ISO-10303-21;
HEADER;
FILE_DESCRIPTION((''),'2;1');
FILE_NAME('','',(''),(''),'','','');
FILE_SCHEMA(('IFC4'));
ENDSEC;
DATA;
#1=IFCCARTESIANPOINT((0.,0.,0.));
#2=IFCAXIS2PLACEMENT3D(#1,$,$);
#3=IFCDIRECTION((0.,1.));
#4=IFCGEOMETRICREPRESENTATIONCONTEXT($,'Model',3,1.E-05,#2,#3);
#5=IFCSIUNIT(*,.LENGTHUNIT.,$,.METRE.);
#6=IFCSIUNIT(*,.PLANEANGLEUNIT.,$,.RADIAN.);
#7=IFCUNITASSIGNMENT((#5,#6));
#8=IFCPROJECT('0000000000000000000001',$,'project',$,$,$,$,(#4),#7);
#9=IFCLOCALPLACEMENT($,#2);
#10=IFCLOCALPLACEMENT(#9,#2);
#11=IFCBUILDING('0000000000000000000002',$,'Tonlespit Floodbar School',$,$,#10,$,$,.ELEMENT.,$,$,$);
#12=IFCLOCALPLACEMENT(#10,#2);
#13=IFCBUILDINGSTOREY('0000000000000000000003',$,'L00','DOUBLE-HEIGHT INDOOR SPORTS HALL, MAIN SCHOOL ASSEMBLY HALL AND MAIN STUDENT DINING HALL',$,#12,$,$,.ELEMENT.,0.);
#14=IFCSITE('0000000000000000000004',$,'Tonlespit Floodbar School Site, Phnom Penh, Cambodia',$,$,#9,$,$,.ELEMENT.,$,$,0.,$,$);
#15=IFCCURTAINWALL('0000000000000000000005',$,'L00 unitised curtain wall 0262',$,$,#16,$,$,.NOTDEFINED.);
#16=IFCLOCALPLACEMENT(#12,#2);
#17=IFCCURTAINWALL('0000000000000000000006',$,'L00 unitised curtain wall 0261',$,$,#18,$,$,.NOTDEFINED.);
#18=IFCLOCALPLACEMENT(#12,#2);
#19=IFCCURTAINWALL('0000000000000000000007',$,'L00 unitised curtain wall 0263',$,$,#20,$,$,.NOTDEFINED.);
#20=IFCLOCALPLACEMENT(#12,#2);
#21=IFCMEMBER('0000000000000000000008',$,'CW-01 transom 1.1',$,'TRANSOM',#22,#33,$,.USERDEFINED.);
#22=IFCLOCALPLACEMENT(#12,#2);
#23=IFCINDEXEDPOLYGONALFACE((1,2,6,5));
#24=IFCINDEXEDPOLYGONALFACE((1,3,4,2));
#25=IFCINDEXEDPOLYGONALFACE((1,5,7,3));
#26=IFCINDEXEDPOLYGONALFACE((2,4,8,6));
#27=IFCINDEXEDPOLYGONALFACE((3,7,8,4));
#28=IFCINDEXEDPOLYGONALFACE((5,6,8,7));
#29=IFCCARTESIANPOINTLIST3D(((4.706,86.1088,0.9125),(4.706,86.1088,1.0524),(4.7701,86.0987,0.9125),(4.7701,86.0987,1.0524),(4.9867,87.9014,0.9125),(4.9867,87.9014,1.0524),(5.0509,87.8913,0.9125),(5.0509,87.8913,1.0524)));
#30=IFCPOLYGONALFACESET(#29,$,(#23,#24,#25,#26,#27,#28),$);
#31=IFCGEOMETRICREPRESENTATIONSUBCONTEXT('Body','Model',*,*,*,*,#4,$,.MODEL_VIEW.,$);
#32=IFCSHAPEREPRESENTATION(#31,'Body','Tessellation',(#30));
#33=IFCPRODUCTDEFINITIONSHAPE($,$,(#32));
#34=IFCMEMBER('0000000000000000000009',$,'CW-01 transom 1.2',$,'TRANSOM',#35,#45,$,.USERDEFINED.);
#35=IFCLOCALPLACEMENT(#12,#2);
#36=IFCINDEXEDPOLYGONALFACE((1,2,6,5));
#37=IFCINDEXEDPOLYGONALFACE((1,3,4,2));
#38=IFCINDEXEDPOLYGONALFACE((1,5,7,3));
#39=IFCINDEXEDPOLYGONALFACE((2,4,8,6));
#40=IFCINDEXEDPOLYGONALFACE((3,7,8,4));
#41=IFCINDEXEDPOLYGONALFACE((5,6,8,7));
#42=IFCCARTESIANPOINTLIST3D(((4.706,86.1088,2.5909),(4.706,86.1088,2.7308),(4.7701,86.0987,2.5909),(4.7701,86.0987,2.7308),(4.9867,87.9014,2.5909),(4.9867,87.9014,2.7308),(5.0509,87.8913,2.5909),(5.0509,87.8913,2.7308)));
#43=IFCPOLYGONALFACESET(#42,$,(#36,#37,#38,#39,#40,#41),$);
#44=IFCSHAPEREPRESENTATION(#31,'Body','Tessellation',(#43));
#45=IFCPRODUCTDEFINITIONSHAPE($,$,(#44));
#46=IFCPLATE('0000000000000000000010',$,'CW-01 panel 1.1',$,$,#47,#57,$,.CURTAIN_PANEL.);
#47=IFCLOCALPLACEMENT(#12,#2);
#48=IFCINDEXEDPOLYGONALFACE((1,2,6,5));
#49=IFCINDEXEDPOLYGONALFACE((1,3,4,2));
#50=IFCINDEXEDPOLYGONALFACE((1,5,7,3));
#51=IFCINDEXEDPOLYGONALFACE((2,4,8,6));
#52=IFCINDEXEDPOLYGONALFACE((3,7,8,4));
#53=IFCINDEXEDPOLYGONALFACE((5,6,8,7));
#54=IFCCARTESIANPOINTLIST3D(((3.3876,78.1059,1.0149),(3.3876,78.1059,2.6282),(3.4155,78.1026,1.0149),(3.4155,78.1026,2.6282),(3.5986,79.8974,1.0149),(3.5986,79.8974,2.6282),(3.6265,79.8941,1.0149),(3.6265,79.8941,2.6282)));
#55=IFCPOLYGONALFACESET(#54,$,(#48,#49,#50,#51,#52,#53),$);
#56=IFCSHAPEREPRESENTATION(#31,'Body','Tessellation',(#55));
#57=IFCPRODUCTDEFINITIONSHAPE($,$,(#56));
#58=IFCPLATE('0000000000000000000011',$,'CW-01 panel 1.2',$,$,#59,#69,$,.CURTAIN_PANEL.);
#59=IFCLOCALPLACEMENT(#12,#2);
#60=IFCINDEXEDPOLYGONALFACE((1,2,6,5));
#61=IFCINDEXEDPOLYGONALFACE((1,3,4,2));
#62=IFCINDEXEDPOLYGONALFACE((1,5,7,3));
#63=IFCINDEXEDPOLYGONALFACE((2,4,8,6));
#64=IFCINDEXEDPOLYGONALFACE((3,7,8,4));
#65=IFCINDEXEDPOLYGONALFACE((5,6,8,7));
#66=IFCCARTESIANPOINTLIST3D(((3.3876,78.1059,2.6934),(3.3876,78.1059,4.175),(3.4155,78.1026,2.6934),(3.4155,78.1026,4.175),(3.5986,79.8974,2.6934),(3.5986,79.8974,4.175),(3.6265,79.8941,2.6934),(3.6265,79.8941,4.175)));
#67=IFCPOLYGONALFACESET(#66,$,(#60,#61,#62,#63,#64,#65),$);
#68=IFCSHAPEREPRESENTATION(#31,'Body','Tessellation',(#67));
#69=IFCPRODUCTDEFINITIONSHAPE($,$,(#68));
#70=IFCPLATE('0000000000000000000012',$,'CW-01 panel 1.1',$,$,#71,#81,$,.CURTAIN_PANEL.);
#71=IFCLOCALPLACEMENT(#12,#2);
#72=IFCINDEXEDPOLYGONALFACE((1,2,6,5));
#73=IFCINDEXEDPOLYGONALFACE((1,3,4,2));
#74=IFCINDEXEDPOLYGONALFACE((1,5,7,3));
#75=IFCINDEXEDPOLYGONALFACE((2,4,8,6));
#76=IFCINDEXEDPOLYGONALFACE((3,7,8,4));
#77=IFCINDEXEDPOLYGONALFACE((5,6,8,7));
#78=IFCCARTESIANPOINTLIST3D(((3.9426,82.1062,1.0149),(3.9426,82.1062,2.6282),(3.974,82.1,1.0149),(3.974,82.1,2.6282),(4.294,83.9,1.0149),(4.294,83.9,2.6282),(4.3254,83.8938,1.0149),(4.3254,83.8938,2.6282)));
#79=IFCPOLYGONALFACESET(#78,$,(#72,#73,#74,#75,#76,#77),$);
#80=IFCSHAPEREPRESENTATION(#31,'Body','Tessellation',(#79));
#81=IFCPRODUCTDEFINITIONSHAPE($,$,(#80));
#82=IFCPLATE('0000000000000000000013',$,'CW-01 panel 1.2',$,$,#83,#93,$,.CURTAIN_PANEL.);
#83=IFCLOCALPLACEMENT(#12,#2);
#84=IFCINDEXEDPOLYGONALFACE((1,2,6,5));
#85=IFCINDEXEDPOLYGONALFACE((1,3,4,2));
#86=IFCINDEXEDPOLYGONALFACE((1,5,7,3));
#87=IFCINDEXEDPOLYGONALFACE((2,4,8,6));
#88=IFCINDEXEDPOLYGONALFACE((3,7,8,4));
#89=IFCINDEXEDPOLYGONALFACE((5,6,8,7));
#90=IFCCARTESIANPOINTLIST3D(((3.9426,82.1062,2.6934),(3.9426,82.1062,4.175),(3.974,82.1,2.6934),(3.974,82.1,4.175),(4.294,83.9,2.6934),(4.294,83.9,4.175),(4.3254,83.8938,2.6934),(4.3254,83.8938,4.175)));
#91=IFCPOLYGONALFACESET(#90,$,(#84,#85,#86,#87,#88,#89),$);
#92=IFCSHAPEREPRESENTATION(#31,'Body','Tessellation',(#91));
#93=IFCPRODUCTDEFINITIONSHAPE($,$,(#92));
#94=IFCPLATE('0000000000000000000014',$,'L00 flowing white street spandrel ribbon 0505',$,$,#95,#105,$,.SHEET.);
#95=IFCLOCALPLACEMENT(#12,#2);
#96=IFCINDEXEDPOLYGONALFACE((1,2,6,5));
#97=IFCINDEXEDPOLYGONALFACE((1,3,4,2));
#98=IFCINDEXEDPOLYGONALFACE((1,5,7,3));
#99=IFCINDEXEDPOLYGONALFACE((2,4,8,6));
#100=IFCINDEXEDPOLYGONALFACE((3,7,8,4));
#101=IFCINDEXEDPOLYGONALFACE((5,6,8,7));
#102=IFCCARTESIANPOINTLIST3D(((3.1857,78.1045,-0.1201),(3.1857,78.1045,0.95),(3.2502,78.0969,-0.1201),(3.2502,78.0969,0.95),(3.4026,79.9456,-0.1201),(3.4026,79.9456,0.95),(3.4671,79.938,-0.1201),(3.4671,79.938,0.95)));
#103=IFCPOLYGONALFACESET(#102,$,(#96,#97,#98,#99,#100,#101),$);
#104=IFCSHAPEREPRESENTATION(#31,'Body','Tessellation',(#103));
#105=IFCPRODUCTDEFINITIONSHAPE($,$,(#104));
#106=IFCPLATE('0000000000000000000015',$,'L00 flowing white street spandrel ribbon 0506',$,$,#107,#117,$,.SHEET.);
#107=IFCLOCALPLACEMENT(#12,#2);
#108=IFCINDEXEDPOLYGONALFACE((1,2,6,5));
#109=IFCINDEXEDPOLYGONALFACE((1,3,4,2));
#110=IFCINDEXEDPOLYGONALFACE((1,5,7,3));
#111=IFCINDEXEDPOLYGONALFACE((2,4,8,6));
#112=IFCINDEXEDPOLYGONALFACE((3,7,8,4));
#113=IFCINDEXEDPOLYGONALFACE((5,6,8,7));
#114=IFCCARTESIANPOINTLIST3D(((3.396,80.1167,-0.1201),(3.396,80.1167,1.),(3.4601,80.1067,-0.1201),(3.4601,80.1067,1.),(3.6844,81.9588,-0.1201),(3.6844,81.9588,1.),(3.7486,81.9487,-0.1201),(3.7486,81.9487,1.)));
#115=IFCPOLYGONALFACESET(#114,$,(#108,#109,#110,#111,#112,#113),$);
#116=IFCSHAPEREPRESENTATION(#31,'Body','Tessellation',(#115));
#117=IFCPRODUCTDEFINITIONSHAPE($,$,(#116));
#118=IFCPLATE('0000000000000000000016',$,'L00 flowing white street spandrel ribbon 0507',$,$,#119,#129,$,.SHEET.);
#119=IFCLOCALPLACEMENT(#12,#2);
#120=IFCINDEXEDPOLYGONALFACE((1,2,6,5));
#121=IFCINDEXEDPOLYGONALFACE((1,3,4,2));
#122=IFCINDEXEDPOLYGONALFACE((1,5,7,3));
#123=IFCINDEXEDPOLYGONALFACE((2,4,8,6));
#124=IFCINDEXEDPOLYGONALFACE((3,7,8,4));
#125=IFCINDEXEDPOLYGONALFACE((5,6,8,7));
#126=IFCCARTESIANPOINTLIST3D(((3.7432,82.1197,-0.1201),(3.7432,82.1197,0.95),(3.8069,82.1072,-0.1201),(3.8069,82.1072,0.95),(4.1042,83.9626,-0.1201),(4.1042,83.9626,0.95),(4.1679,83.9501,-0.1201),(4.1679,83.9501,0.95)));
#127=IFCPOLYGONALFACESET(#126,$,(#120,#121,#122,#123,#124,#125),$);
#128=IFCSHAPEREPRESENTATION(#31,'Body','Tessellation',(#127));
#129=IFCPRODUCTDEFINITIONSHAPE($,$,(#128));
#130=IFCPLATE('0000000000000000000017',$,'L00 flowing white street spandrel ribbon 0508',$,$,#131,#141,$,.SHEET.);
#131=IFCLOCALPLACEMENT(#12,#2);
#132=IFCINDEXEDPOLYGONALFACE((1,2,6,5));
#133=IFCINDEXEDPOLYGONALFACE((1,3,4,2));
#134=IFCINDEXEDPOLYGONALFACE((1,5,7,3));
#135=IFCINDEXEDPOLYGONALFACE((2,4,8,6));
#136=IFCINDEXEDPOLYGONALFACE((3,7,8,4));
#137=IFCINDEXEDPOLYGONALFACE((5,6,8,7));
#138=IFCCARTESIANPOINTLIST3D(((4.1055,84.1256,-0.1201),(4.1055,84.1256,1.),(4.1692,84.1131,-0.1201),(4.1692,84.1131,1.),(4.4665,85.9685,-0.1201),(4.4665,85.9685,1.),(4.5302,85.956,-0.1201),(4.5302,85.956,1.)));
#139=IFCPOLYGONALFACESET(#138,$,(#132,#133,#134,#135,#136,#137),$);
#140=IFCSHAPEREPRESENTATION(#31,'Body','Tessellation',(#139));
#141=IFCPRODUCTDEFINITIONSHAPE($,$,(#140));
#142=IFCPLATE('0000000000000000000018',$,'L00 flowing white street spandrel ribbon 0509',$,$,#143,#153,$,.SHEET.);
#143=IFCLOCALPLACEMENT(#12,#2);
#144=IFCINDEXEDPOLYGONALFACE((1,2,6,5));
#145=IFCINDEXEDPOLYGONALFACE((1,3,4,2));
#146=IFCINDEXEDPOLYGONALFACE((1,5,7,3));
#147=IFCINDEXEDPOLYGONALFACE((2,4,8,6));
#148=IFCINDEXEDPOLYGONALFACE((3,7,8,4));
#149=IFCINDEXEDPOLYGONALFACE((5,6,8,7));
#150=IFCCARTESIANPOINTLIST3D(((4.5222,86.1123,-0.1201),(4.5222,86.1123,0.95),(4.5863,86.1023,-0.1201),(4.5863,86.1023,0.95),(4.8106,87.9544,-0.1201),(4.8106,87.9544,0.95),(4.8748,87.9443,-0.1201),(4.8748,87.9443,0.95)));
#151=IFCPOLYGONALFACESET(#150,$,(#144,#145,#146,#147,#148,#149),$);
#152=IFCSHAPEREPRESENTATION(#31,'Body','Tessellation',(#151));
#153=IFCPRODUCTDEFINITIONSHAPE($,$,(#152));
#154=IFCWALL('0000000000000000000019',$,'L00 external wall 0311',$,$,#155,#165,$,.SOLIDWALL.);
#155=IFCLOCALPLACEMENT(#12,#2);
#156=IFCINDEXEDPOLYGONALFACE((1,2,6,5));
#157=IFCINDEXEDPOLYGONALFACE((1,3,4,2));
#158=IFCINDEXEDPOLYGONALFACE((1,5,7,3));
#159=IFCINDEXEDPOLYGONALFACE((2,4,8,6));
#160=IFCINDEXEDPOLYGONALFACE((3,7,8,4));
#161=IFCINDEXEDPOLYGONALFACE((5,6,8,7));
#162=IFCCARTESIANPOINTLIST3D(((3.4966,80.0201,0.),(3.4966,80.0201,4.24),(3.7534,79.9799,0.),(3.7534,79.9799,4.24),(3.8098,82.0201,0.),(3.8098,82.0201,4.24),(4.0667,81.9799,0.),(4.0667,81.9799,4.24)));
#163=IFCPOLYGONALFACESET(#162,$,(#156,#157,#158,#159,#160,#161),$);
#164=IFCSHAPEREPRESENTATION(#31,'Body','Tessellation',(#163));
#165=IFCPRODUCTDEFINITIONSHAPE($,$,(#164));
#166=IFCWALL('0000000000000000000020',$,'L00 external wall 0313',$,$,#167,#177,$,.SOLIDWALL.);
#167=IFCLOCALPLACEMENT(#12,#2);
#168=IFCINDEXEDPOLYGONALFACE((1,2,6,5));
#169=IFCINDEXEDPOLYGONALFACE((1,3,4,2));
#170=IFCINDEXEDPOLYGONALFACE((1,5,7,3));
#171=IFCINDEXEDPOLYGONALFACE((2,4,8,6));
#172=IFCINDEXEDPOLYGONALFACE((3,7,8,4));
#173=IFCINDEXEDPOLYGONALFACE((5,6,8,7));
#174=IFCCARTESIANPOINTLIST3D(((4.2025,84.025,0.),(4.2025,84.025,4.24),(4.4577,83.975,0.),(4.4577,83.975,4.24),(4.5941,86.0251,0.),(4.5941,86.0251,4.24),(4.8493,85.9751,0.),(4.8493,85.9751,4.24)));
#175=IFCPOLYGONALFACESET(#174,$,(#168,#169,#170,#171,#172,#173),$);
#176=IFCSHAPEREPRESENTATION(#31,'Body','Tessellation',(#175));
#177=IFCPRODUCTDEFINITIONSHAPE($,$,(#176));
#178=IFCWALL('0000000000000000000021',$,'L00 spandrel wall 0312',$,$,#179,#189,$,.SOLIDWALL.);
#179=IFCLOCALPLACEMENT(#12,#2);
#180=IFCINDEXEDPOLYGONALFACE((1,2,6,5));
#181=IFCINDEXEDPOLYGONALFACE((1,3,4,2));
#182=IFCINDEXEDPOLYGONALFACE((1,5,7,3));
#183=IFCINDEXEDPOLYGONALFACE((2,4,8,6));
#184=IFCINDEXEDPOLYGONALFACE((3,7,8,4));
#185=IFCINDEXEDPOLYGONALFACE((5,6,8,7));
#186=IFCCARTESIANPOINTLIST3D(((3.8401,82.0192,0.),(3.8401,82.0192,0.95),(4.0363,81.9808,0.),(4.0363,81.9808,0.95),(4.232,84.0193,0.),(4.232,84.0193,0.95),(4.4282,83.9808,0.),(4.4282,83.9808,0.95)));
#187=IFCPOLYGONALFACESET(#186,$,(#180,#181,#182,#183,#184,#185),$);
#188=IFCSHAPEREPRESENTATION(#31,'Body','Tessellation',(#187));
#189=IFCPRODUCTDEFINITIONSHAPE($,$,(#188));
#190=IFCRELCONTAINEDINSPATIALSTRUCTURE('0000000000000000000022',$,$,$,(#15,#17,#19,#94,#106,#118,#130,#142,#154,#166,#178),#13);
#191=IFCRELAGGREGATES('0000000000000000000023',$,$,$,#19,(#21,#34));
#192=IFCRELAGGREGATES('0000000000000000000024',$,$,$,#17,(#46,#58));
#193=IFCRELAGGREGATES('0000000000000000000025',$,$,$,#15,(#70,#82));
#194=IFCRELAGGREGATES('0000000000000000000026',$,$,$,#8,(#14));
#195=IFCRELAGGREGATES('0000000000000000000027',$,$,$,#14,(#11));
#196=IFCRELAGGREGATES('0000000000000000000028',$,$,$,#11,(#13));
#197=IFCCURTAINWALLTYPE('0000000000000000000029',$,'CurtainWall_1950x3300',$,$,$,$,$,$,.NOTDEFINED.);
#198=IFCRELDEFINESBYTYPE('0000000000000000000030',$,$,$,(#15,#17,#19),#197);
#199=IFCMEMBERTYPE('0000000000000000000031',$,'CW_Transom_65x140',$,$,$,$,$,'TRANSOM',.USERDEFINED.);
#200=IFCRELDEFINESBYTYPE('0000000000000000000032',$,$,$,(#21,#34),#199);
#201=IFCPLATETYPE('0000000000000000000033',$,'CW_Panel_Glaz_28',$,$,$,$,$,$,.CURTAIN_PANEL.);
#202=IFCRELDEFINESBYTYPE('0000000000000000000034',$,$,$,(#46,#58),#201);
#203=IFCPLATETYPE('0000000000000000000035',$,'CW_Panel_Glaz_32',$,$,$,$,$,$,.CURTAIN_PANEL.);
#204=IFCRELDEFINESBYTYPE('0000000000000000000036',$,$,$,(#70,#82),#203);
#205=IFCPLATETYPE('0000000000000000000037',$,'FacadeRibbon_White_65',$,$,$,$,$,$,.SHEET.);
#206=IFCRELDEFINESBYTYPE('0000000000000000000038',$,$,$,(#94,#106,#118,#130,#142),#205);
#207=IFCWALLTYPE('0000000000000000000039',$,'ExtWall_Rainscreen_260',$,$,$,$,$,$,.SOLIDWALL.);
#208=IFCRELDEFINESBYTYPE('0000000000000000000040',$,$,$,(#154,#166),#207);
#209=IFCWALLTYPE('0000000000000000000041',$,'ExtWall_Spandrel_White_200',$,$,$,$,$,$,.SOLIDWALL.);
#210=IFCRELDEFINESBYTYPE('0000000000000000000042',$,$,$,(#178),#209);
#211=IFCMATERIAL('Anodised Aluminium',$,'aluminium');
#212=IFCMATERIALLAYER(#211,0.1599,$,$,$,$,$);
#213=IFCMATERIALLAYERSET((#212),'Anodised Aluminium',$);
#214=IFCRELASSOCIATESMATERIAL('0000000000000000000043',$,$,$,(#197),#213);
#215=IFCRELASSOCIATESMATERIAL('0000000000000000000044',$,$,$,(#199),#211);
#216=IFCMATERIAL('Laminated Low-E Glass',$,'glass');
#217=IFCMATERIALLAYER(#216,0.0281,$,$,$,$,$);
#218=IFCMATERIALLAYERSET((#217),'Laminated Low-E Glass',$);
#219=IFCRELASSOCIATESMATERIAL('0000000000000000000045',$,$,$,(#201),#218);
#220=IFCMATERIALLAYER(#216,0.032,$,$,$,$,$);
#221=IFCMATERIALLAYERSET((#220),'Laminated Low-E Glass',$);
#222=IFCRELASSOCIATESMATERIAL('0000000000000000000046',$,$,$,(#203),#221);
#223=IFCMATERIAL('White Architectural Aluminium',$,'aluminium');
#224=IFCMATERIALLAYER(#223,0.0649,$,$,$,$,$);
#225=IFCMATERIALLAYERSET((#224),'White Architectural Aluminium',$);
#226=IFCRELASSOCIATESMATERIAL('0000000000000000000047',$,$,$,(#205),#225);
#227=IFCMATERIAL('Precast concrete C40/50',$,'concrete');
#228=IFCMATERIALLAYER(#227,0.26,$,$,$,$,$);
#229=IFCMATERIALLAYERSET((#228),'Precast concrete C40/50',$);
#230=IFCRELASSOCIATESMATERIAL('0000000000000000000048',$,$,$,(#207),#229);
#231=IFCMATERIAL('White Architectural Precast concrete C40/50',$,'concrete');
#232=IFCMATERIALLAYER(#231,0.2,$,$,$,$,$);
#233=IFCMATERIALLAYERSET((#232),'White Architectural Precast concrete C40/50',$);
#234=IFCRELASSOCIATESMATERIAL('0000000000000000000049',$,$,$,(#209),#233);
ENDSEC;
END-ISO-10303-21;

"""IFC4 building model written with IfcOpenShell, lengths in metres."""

from ifc_helpers import new_model, si_unit, direction, frame, frame_2d, origin, origin_2d, place, context, subcontext, project, spatial, rectangle, extrude, material, layer, layer_set, material_profile, profile_set, type_object, element, aggregate, save


model = new_model("IFC4")

# Units and contexts
model_context = context("Model", 3, precision=1e-05, world=origin(), true_north=direction((0.0, 1.0)))
body_context = subcontext(model_context, "Body", "Model", "MODEL_VIEW")
ifc_project = project(units=[si_unit("LENGTHUNIT", "METRE"), si_unit("PLANEANGLEUNIT", "RADIAN")], contexts=[model_context])

# Site, building, storey
site_placement = place(None, origin())
site = spatial("IfcSite", under=ifc_project, at=site_placement, Name="Tonlespit Floodbar School Site, Phnom Penh, Cambodia", CompositionType="ELEMENT", RefElevation=0.0)
building_placement = place(site_placement, origin())
building = spatial("IfcBuilding", under=site, at=building_placement, Name="Tonlespit Floodbar School", CompositionType="ELEMENT")
storey_placement = place(building_placement, origin())
storey = spatial("IfcBuildingStorey", under=building, at=storey_placement, Name="L00", Description="DOUBLE-HEIGHT INDOOR SPORTS HALL, MAIN SCHOOL ASSEMBLY HALL AND MAIN STUDENT DINING HALL", CompositionType="ELEMENT", Elevation=0.0)

# Curtain wall
ifc_material_1 = material(Name="Anodised Aluminium", Category="aluminium")
ifc_layer_1 = layer(ifc_material_1, 0.1599)
ifc_layer_set_1 = layer_set([ifc_layer_1], Name="Anodised Aluminium")
curtain_wall_type = type_object("IfcCurtainWallType", Name="CurtainWall_1950x3300", PredefinedType="NOTDEFINED", material=ifc_layer_set_1)
curtain_wall_1_placement = place(storey_placement, origin())
curtain_wall_1 = element("IfcCurtainWall", 1, at=curtain_wall_1_placement, inside=storey, type_object=curtain_wall_type, Name="L00 unitised curtain wall 0262", PredefinedType="NOTDEFINED")

# Curtain walls
curtain_wall_2_placement = place(storey_placement, origin())
curtain_wall_2 = element("IfcCurtainWall", 2, at=curtain_wall_2_placement, inside=storey, type_object=curtain_wall_type, Name="L00 unitised curtain wall 0261", PredefinedType="NOTDEFINED")
curtain_wall_3_placement = place(storey_placement, origin())
curtain_wall_3 = element("IfcCurtainWall", 3, at=curtain_wall_3_placement, inside=storey, type_object=curtain_wall_type, Name="L00 unitised curtain wall 0263", PredefinedType="NOTDEFINED")

# Members
ifc_material_profile_1 = material_profile(ifc_material_1, rectangle(XDim=0.0649, YDim=0.1399, at=origin_2d()), Name="ALU T65x140")
ifc_profile_set_1 = profile_set([ifc_material_profile_1], Name="Anodised Aluminium")
member_type_1 = type_object("IfcMemberType", Name="CW_Transom_65x140", ElementType="TRANSOM", PredefinedType="USERDEFINED", material=ifc_profile_set_1)
member_1_placement = place(storey_placement, frame((4.738, 86.1038, 0.9824), z_axis=(0.154746, 0.987954, 0.0), x_axis=(-0.987954, 0.154746, 0.0)))
member_1 = element("IfcMember", 4, at=member_1_placement, type_object=member_type_1, Name="CW-01 transom 1.1", ObjectType="TRANSOM", PredefinedType="USERDEFINED", context=body_context, shape_type="SweptSolid", body=[
    extrude(rectangle(XDim=0.0649, YDim=0.1399, at=origin_2d()), origin(), (0.0, 0.0, 1.0), 1.8145),
])
member_2_placement = place(storey_placement, frame((4.738, 86.1038, 2.6609), z_axis=(0.154746, 0.987954, 0.0), x_axis=(-0.987954, 0.154746, 0.0)))
member_2 = element("IfcMember", 5, at=member_2_placement, type_object=member_type_1, Name="CW-01 transom 1.2", ObjectType="TRANSOM", PredefinedType="USERDEFINED", context=body_context, shape_type="SweptSolid", body=[
    extrude(rectangle(XDim=0.0649, YDim=0.1399, at=origin_2d()), origin(), (0.0, 0.0, 1.0), 1.8145),
])
aggregate(curtain_wall_3, [member_1, member_2])

# Plates
ifc_material_2 = material(Name="Laminated Low-E Glass", Category="glass")
ifc_layer_2 = layer(ifc_material_2, 0.0281)
ifc_layer_set_2 = layer_set([ifc_layer_2], Name="Laminated Low-E Glass")
plate_type_1 = type_object("IfcPlateType", Name="CW_Panel_Glaz_28", PredefinedType="CURTAIN_PANEL", material=ifc_layer_set_2)
plate_1_placement = place(storey_placement, frame((3.5071, 79.0, 1.0149), z_axis=(0.0, 0.0, 1.0), x_axis=(0.116967, 0.993136, 0.0)))
plate_1 = element("IfcPlate", 6, at=plate_1_placement, type_object=plate_type_1, Name="CW-01 panel 1.1", PredefinedType="CURTAIN_PANEL", context=body_context, shape_type="SweptSolid", body=[
    extrude(rectangle(XDim=1.804, YDim=0.0281, at=origin_2d()), origin(), (0.0, 0.0, 1.0), 1.6133),
])
plate_2_placement = place(storey_placement, frame((3.5071, 79.0, 2.6934), z_axis=(0.0, 0.0, 1.0), x_axis=(0.116967, 0.993136, 0.0)))
plate_2 = element("IfcPlate", 7, at=plate_2_placement, type_object=plate_type_1, Name="CW-01 panel 1.2", PredefinedType="CURTAIN_PANEL", context=body_context, shape_type="SweptSolid", body=[
    extrude(rectangle(XDim=1.804, YDim=0.0281, at=origin_2d()), origin(), (0.0, 0.0, 1.0), 1.4817),
])
aggregate(curtain_wall_2, [plate_1, plate_2])
ifc_layer_3 = layer(ifc_material_2, 0.032)
ifc_layer_set_3 = layer_set([ifc_layer_3], Name="Laminated Low-E Glass")
plate_type_2 = type_object("IfcPlateType", Name="CW_Panel_Glaz_32", PredefinedType="CURTAIN_PANEL", material=ifc_layer_set_3)
plate_3_placement = place(storey_placement, frame((4.134, 83.0, 1.0149), z_axis=(0.0, 0.0, 1.0), x_axis=(0.192245, 0.981347, 0.0)))
plate_3 = element("IfcPlate", 8, at=plate_3_placement, type_object=plate_type_2, Name="CW-01 panel 1.1", PredefinedType="CURTAIN_PANEL", context=body_context, shape_type="SweptSolid", body=[
    extrude(rectangle(XDim=1.8279, YDim=0.032, at=origin_2d()), origin(), (0.0, 0.0, 1.0), 1.6133),
])
plate_4_placement = place(storey_placement, frame((4.134, 83.0, 2.6934), z_axis=(0.0, 0.0, 1.0), x_axis=(0.192245, 0.981347, 0.0)))
plate_4 = element("IfcPlate", 9, at=plate_4_placement, type_object=plate_type_2, Name="CW-01 panel 1.2", PredefinedType="CURTAIN_PANEL", context=body_context, shape_type="SweptSolid", body=[
    extrude(rectangle(XDim=1.8279, YDim=0.032, at=origin_2d()), origin(), (0.0, 0.0, 1.0), 1.4817),
])
aggregate(curtain_wall_1, [plate_3, plate_4])

# Plates
ifc_material_3 = material(Name="White Architectural Aluminium", Category="aluminium")
ifc_layer_4 = layer(ifc_material_3, 0.0649)
ifc_layer_set_4 = layer_set([ifc_layer_4], Name="White Architectural Aluminium")
plate_type_3 = type_object("IfcPlateType", Name="FacadeRibbon_White_65", PredefinedType="SHEET", material=ifc_layer_set_4)
plate_5_placement = place(storey_placement, frame((3.3264, 79.0212, -0.1201), z_axis=(0.0, 0.0, 1.0), x_axis=(0.116991, 0.993133, 0.0)))
element("IfcPlate", 10, at=plate_5_placement, inside=storey, type_object=plate_type_3, Name="L00 flowing white street spandrel ribbon 0505", PredefinedType="SHEET", context=body_context, shape_type="SweptSolid", body=[
    extrude(rectangle(XDim=1.8538, YDim=0.0649, at=origin_2d()), origin(), (0.0, 0.0, 1.0), 1.0701),
])
plate_6_placement = place(storey_placement, frame((3.5723, 81.0327, -0.1201), z_axis=(0.0, 0.0, 1.0), x_axis=(0.154714, 0.987959, 0.0)))
element("IfcPlate", 11, at=plate_6_placement, inside=storey, type_object=plate_type_3, Name="L00 flowing white street spandrel ribbon 0506", PredefinedType="SHEET", context=body_context, shape_type="SweptSolid", body=[
    extrude(rectangle(XDim=1.8645, YDim=0.0649, at=origin_2d()), origin(), (0.0, 0.0, 1.0), 1.1201),
])
plate_7_placement = place(storey_placement, frame((3.9556, 83.0349, -0.1201), z_axis=(0.0, 0.0, 1.0), x_axis=(0.192246, 0.981347, 0.0)))
element("IfcPlate", 12, at=plate_7_placement, inside=storey, type_object=plate_type_3, Name="L00 flowing white street spandrel ribbon 0507", PredefinedType="SHEET", context=body_context, shape_type="SweptSolid", body=[
    extrude(rectangle(XDim=1.8779, YDim=0.0649, at=origin_2d()), origin(), (0.0, 0.0, 1.0), 1.0701),
])
plate_8_placement = place(storey_placement, frame((4.3179, 85.0408, -0.1201), z_axis=(0.0, 0.0, 1.0), x_axis=(0.192246, 0.981347, 0.0)))
element("IfcPlate", 13, at=plate_8_placement, inside=storey, type_object=plate_type_3, Name="L00 flowing white street spandrel ribbon 0508", PredefinedType="SHEET", context=body_context, shape_type="SweptSolid", body=[
    extrude(rectangle(XDim=1.8779, YDim=0.0649, at=origin_2d()), origin(), (0.0, 0.0, 1.0), 1.1201),
])
plate_9_placement = place(storey_placement, frame((4.6985, 87.0283, -0.1201), z_axis=(0.0, 0.0, 1.0), x_axis=(0.154714, 0.987959, 0.0)))
element("IfcPlate", 14, at=plate_9_placement, inside=storey, type_object=plate_type_3, Name="L00 flowing white street spandrel ribbon 0509", PredefinedType="SHEET", context=body_context, shape_type="SweptSolid", body=[
    extrude(rectangle(XDim=1.8645, YDim=0.0649, at=origin_2d()), origin(), (0.0, 0.0, 1.0), 1.0701),
])

# Walls
ifc_material_4 = material(Name="Precast concrete C40/50", Category="concrete")
ifc_layer_5 = layer(ifc_material_4, 0.26)
ifc_layer_set_5 = layer_set([ifc_layer_5], Name="Precast concrete C40/50")
wall_type_1 = type_object("IfcWallType", Name="ExtWall_Rainscreen_260", PredefinedType="SOLIDWALL", material=ifc_layer_set_5)
wall_1_placement = place(storey_placement, frame((3.625, 80.0, 0.0), z_axis=(0.0, 0.0, 1.0), x_axis=(0.15473, 0.987957, 0.0)))
element("IfcWall", 15, at=wall_1_placement, inside=storey, type_object=wall_type_1, Name="L00 external wall 0311", PredefinedType="SOLIDWALL", context=body_context, shape_type="SweptSolid", body=[
    extrude(rectangle(XDim=2.0244, YDim=0.26, at=frame_2d((1.0122, 0.0))), origin(), (0.0, 0.0, 1.0), 4.24),
])
wall_2_placement = place(storey_placement, frame((4.3301, 84.0, 0.0), z_axis=(0.0, 0.0, 1.0), x_axis=(0.192152, 0.981365, 0.0)))
element("IfcWall", 16, at=wall_2_placement, inside=storey, type_object=wall_type_1, Name="L00 external wall 0313", PredefinedType="SOLIDWALL", context=body_context, shape_type="SweptSolid", body=[
    extrude(rectangle(XDim=2.0381, YDim=0.26, at=frame_2d((1.019, 0.0))), origin(), (0.0, 0.0, 1.0), 4.24),
])
ifc_material_5 = material(Name="White Architectural Precast concrete C40/50", Category="concrete")
ifc_layer_6 = layer(ifc_material_5, 0.2)
ifc_layer_set_6 = layer_set([ifc_layer_6], Name="White Architectural Precast concrete C40/50")
wall_type_2 = type_object("IfcWallType", Name="ExtWall_Spandrel_White_200", PredefinedType="SOLIDWALL", material=ifc_layer_set_6)
wall_3_placement = place(storey_placement, frame((3.9382, 82.0, 0.0), z_axis=(0.0, 0.0, 1.0), x_axis=(0.192267, 0.981343, 0.0)))
element("IfcWall", 17, at=wall_3_placement, inside=storey, type_object=wall_type_2, Name="L00 spandrel wall 0312", PredefinedType="SOLIDWALL", context=body_context, shape_type="SweptSolid", body=[
    extrude(rectangle(XDim=2.0381, YDim=0.2, at=frame_2d((1.019, 0.0))), origin(), (0.0, 0.0, 1.0), 0.95),
])

save(model, "model.ifc")
